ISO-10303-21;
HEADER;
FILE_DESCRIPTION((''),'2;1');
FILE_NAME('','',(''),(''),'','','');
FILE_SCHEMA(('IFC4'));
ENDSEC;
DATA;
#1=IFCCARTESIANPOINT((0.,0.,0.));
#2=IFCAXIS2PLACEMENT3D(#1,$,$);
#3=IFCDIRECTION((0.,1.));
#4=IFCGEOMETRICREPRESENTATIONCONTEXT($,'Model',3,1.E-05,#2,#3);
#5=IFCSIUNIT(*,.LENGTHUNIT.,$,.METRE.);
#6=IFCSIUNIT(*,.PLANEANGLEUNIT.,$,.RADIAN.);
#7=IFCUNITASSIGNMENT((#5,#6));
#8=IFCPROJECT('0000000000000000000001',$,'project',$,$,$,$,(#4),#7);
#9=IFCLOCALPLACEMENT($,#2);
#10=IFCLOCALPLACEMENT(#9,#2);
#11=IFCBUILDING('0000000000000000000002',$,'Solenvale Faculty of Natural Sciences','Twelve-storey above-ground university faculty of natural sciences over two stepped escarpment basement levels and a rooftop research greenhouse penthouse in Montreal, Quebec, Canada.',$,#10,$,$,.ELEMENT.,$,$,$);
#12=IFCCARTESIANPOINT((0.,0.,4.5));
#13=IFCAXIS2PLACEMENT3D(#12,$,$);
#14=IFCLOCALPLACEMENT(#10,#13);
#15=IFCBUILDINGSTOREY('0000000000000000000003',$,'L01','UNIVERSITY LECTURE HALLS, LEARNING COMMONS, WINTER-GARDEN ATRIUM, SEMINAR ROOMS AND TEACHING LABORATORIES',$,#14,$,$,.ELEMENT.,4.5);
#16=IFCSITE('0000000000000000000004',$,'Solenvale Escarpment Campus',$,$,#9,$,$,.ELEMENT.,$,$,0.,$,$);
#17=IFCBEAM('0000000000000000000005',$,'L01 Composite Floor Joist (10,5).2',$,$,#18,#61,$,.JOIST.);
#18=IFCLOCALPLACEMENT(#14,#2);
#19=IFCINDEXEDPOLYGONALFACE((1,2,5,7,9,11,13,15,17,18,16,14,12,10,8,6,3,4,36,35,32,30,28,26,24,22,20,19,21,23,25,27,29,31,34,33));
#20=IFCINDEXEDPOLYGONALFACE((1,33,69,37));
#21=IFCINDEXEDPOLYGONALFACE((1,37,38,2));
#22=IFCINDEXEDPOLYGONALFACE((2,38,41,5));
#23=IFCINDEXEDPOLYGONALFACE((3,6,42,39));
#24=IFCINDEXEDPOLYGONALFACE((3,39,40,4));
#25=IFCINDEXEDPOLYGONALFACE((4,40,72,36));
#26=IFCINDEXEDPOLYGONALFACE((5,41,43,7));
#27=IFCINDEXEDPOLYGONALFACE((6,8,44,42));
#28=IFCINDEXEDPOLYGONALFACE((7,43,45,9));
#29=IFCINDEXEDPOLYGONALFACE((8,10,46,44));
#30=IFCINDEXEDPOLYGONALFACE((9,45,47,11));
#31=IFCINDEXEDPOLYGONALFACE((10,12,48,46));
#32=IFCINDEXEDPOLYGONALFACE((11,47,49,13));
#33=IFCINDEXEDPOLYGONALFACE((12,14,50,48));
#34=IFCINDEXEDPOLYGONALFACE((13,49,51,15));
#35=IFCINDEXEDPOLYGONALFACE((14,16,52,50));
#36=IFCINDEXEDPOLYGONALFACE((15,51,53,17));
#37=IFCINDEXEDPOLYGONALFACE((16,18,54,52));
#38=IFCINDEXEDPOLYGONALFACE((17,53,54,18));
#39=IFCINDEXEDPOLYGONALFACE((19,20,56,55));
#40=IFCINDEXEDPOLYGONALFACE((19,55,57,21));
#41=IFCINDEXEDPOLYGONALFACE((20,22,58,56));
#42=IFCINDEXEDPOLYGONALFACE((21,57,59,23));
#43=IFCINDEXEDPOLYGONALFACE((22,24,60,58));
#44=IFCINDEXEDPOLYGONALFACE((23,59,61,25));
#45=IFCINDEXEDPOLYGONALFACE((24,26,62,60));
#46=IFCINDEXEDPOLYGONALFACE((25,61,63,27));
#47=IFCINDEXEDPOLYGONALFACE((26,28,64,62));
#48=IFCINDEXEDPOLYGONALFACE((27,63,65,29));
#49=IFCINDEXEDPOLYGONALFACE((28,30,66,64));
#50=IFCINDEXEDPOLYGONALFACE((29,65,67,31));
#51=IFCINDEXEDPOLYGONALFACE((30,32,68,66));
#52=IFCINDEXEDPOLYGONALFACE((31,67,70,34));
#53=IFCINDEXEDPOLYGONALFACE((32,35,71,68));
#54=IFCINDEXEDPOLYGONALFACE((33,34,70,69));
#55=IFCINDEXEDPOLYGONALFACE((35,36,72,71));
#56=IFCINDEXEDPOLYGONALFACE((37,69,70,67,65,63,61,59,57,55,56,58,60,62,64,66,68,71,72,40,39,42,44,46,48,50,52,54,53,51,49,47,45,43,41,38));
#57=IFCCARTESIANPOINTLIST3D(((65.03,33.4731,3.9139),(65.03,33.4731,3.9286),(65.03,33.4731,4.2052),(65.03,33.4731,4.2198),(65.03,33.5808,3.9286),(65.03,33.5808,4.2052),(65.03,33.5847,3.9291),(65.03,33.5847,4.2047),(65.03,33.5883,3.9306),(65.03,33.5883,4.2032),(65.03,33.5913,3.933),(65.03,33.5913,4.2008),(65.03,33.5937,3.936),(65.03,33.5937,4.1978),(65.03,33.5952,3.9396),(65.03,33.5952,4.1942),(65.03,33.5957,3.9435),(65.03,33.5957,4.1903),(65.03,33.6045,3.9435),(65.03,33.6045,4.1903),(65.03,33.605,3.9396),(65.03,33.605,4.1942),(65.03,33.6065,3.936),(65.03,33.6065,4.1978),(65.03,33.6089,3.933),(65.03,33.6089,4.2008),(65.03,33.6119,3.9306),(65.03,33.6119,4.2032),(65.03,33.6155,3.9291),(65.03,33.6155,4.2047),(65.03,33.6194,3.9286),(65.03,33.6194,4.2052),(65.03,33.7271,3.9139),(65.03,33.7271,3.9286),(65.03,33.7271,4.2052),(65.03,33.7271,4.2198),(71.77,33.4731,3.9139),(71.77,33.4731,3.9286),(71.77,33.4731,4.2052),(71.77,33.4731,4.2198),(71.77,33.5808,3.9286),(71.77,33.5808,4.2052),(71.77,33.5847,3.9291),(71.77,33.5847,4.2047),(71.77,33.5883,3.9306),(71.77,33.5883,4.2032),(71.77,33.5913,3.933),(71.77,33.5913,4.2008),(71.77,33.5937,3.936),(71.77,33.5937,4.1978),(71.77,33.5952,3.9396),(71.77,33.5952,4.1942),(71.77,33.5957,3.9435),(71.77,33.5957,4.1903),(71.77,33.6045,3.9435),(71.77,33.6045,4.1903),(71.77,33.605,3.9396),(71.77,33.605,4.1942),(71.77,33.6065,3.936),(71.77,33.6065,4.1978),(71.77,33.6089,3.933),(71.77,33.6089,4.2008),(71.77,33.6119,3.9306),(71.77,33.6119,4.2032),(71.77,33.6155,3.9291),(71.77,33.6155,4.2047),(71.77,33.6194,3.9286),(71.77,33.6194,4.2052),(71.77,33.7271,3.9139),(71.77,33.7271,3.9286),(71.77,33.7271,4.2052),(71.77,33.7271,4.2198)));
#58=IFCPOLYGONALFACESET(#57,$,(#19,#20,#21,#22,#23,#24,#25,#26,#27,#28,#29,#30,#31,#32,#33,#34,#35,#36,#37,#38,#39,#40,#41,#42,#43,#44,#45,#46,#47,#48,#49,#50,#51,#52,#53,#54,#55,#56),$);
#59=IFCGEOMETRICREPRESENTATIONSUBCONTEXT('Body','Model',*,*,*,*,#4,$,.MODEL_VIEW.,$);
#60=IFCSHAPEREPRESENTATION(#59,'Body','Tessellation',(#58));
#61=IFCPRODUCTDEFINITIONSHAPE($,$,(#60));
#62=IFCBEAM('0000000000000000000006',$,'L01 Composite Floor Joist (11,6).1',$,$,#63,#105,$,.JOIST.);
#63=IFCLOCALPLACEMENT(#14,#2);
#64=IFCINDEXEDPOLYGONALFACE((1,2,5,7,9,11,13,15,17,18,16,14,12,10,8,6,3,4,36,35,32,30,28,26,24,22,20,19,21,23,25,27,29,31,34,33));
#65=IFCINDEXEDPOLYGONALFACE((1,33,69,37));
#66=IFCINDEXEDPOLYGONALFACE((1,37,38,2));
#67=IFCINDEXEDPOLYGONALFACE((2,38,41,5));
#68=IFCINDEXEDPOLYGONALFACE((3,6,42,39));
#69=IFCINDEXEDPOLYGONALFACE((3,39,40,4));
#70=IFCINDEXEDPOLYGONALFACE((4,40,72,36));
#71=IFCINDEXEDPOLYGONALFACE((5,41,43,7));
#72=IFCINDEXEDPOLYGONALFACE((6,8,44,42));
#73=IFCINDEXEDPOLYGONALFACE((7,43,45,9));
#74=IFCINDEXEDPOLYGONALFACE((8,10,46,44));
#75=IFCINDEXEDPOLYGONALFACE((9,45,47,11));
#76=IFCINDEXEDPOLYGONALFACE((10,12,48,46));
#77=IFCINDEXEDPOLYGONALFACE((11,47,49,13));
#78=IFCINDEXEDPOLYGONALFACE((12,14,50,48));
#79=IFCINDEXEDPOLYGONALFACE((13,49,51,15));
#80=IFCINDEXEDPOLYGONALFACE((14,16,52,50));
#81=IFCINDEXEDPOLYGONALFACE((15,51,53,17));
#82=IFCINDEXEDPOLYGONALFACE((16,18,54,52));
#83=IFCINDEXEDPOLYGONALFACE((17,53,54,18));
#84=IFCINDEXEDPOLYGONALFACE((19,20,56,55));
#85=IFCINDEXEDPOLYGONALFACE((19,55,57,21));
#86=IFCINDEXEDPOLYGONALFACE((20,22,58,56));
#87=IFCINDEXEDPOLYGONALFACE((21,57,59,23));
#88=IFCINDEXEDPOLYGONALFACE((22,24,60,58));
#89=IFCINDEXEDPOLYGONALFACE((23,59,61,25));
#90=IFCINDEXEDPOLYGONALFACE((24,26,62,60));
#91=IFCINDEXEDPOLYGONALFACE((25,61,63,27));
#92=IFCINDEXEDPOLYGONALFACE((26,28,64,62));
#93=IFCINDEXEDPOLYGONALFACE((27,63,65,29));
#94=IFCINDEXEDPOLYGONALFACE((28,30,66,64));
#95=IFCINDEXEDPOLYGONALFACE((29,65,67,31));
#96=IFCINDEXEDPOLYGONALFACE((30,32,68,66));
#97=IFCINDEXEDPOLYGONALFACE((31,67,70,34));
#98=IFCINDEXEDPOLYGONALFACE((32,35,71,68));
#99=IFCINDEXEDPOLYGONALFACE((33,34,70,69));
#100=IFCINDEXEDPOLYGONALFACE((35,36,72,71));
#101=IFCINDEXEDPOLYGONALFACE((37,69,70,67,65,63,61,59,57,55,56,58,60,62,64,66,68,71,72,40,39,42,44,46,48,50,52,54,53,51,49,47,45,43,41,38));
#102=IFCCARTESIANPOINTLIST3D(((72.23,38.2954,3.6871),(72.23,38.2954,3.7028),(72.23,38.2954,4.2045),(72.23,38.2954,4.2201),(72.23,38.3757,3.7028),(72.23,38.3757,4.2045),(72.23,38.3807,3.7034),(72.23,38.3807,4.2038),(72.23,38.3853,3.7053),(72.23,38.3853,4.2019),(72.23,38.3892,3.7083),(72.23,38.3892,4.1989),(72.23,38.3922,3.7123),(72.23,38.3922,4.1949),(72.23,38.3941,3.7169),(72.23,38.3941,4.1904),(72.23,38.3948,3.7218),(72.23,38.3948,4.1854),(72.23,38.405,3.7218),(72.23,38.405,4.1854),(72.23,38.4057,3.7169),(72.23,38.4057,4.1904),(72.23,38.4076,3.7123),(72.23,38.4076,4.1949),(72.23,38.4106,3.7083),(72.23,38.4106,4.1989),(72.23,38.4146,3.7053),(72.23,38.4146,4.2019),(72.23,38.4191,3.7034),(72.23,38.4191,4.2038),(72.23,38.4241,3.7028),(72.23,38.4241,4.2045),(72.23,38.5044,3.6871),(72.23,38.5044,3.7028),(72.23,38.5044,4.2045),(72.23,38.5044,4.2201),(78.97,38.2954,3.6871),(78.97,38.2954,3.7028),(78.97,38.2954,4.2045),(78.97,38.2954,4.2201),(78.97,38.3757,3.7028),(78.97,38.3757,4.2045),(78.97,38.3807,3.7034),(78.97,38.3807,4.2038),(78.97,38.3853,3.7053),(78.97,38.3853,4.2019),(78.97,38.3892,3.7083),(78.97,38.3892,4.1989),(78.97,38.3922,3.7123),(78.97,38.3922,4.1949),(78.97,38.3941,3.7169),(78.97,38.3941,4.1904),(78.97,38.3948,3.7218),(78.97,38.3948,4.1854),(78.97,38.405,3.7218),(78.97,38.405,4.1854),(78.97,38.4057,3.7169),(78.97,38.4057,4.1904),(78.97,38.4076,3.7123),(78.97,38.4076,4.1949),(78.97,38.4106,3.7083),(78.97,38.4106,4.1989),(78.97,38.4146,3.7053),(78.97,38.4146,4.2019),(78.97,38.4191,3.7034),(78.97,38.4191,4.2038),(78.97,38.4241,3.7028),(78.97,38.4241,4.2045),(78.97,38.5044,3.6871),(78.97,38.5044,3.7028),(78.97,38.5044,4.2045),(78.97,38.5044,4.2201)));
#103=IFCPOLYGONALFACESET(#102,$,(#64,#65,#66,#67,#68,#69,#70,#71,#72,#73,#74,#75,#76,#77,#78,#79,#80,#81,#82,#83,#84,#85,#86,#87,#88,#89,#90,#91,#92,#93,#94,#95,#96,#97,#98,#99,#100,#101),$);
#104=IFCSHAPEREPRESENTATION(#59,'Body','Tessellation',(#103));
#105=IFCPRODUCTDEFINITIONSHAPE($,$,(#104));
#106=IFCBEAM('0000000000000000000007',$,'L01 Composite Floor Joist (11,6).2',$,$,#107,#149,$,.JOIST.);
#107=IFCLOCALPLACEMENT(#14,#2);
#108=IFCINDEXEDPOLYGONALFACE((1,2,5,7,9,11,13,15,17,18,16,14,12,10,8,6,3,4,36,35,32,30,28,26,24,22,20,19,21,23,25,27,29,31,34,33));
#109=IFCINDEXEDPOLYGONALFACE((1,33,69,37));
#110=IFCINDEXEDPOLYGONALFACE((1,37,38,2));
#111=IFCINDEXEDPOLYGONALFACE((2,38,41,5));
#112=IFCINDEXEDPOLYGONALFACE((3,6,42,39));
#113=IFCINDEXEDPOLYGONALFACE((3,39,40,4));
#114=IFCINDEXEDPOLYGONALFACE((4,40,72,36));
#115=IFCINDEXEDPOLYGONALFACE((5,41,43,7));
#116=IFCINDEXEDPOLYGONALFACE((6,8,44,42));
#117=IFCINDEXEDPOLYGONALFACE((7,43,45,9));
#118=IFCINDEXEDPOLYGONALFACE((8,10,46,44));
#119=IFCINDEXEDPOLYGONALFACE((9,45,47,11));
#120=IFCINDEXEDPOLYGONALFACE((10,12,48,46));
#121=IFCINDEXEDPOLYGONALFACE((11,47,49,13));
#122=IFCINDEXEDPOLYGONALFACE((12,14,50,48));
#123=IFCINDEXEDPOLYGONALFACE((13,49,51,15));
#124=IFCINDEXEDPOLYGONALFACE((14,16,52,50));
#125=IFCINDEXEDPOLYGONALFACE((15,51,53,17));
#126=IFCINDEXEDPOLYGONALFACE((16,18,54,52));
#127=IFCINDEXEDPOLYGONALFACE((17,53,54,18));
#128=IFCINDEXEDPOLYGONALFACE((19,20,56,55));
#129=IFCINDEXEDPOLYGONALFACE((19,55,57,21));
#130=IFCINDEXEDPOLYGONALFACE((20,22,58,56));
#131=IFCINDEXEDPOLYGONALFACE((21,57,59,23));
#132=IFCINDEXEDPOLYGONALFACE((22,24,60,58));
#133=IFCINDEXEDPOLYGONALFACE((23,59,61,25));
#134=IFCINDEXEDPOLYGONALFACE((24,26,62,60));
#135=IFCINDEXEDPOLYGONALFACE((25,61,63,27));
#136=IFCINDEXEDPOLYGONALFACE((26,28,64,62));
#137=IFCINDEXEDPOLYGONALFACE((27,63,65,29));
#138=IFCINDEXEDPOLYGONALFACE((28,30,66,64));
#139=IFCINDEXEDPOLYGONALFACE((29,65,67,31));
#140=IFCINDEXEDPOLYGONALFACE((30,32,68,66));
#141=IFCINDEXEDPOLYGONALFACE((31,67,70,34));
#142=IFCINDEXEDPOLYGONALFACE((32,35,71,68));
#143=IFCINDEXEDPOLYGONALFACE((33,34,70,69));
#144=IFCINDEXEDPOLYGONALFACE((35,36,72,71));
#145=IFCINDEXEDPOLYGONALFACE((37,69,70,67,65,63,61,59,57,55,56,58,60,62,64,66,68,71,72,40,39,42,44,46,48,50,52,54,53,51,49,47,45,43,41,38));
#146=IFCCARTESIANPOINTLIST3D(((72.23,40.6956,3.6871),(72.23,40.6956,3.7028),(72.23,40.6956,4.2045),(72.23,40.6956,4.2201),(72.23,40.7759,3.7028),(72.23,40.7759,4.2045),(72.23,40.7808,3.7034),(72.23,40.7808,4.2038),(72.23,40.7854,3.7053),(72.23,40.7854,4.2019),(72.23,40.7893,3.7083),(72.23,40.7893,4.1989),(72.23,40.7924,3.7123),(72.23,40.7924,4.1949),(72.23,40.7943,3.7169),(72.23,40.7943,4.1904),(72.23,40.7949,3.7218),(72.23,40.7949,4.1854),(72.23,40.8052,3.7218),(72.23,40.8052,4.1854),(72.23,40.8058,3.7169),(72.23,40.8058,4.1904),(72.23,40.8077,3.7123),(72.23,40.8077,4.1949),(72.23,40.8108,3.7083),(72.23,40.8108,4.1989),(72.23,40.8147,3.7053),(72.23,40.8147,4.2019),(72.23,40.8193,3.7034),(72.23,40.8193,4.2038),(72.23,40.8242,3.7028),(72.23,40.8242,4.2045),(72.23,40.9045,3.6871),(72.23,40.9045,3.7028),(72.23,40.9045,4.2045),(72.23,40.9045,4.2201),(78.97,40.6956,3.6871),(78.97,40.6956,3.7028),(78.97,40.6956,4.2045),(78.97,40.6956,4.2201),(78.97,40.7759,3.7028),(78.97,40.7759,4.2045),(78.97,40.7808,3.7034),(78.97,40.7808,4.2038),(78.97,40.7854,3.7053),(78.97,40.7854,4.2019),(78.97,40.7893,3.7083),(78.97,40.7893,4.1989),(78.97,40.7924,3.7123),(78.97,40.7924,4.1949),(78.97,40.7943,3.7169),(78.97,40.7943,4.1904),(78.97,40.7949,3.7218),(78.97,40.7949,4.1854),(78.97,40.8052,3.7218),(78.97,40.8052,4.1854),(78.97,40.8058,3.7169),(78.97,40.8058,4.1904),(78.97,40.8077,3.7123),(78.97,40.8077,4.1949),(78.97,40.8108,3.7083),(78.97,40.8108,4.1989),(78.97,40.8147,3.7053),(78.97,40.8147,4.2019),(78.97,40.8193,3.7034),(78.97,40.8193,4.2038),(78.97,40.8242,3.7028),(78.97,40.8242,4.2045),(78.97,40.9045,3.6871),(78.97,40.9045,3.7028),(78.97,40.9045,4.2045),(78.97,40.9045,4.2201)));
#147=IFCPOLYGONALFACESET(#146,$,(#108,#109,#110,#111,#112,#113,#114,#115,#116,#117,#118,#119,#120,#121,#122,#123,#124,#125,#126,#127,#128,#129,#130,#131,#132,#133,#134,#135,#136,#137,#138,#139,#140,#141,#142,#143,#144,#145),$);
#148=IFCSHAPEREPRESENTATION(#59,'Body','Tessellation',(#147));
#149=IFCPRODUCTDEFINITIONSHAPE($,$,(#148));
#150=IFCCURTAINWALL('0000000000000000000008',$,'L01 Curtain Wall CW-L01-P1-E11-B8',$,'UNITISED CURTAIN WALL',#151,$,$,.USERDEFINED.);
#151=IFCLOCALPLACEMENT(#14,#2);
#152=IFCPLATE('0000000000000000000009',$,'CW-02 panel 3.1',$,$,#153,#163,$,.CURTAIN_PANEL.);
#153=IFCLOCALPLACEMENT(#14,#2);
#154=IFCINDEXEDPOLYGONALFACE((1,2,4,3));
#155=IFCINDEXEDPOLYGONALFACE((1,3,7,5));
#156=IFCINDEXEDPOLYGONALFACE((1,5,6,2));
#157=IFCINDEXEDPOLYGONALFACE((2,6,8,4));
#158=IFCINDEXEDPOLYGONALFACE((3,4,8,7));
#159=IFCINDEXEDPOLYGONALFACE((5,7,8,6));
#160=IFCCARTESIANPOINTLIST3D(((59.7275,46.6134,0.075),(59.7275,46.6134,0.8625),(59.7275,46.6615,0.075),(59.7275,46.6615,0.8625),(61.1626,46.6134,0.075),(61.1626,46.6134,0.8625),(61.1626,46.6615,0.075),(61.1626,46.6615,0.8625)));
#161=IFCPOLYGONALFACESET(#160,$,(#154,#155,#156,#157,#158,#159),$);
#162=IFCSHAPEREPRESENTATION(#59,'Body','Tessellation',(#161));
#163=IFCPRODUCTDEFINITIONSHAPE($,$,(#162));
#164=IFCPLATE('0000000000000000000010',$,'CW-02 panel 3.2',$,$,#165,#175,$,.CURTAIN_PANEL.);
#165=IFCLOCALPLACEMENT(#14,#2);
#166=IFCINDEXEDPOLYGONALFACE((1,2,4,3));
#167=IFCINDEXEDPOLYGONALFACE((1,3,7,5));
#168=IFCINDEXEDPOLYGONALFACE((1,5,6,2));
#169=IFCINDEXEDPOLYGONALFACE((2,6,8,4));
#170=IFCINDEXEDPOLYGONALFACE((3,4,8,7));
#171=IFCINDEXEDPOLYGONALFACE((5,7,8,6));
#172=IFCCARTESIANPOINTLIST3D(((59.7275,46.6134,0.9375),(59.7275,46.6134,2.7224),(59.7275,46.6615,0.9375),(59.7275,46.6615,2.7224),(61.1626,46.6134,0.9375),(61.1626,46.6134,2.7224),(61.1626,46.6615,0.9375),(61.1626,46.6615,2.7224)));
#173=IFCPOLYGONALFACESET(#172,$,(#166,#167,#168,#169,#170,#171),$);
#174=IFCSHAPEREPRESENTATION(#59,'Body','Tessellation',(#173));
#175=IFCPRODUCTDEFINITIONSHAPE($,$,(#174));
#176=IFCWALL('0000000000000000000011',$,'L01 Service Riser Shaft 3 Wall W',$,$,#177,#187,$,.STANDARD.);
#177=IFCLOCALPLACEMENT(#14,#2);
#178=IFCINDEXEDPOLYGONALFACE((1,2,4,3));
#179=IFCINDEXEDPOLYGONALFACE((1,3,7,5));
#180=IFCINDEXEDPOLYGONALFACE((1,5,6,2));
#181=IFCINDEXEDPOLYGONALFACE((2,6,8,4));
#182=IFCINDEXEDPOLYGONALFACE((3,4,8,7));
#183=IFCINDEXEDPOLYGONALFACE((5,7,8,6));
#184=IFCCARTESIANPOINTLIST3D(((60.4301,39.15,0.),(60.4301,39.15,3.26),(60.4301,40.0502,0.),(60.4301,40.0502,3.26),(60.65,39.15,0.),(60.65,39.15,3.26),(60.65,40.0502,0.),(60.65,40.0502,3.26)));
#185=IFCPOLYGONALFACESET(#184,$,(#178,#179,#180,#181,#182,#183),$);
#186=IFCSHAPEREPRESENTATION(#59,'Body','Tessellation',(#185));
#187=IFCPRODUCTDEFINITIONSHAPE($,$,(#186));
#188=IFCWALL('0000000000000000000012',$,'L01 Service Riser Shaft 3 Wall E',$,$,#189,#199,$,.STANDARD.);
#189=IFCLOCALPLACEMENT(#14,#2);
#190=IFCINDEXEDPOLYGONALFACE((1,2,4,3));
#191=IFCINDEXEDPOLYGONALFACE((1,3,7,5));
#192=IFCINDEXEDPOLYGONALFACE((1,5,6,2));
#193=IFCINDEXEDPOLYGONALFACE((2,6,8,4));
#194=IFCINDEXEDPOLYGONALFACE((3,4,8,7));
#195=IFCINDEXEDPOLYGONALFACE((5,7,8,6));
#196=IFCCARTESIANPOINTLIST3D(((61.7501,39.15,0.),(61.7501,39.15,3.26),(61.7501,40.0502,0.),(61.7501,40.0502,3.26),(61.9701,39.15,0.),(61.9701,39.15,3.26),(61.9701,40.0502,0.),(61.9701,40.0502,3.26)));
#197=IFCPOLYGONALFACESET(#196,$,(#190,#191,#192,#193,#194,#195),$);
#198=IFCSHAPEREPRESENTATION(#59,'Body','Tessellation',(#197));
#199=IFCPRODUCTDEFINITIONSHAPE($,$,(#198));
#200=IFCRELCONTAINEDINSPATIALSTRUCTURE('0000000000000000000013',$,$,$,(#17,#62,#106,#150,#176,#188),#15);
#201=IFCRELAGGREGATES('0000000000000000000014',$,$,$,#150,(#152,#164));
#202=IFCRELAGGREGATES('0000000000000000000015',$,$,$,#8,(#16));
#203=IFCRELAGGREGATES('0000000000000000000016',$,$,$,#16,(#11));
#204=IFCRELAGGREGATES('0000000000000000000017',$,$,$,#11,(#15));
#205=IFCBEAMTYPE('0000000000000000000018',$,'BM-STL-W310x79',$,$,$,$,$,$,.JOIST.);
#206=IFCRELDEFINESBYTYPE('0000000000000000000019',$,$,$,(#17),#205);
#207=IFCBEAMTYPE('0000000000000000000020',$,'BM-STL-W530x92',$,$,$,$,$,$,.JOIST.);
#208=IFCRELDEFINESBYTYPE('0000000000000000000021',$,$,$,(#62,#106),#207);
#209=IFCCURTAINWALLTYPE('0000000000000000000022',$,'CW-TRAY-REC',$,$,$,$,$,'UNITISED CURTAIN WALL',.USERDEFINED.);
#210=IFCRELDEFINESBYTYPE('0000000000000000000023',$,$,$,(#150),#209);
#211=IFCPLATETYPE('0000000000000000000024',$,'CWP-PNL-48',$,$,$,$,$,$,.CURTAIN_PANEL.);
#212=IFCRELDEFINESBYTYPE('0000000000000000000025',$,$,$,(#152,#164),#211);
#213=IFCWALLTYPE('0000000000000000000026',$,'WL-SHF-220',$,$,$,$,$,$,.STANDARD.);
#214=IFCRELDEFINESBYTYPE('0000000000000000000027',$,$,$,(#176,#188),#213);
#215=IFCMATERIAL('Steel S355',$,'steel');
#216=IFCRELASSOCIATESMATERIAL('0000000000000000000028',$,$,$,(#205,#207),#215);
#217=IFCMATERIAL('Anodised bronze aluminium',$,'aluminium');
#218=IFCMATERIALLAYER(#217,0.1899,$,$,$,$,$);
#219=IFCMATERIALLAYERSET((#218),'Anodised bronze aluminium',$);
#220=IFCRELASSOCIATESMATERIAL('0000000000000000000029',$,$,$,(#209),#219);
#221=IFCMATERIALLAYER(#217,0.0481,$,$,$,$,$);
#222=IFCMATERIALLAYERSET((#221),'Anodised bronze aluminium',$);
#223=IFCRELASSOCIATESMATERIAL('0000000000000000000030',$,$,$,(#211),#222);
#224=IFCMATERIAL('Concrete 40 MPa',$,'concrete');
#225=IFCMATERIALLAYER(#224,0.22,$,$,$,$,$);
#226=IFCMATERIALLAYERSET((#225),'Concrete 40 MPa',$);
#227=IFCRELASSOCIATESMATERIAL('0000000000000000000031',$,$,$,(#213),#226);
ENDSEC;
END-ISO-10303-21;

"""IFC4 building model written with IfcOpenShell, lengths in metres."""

from ifc_helpers import new_model, si_unit, direction, frame, frame_2d, origin, origin_2d, place, context, subcontext, project, spatial, rectangle, i_section, extrude, material, layer, layer_set, material_profile, profile_set, type_object, element, aggregate, save


model = new_model("IFC4")

# Units and contexts
model_context = context("Model", 3, precision=1e-05, world=origin(), true_north=direction((0.0, 1.0)))
body_context = subcontext(model_context, "Body", "Model", "MODEL_VIEW")
ifc_project = project(units=[si_unit("LENGTHUNIT", "METRE"), si_unit("PLANEANGLEUNIT", "RADIAN")], contexts=[model_context])

# Site, building, storey
site_placement = place(None, origin())
site = spatial("IfcSite", under=ifc_project, at=site_placement, Name="Solenvale Escarpment Campus", CompositionType="ELEMENT", RefElevation=0.0)
building_placement = place(site_placement, origin())
building = spatial("IfcBuilding", under=site, at=building_placement, Name="Solenvale Faculty of Natural Sciences", Description="Twelve-storey above-ground university faculty of natural sciences over two stepped escarpment basement levels and a rooftop research greenhouse penthouse in Montreal, Quebec, Canada.", CompositionType="ELEMENT")
storey_placement = place(building_placement, frame((0.0, 0.0, 4.5)))
storey = spatial("IfcBuildingStorey", under=building, at=storey_placement, Name="L01", Description="UNIVERSITY LECTURE HALLS, LEARNING COMMONS, WINTER-GARDEN ATRIUM, SEMINAR ROOMS AND TEACHING LABORATORIES", CompositionType="ELEMENT", Elevation=4.5)

# Beams
ifc_material_1 = material(Name="Concrete 40 MPa", Category="concrete")
ifc_material_2 = material(Name="Steel S355", Category="steel")
ifc_material_profile_1 = material_profile(ifc_material_2, i_section(OverallWidth=0.2539, OverallDepth=0.3059, WebThickness=0.0088, FlangeThickness=0.0146, FilletRadius=0.0149, at=origin_2d()), Name="W310x79")
ifc_profile_set_1 = profile_set([ifc_material_profile_1], Name="Steel S355")
beam_type_1 = type_object("IfcBeamType", Name="BM-STL-W310x79", PredefinedType="JOIST", material=ifc_profile_set_1)
for number, where, z_axis, x_axis, name in (
    (1, (65.03, 33.6001, 4.0669), (1.0, 0.0, 0.0), (0.0, 1.0, 0.0), "L01 Composite Floor Joist (10,5).2"),
):
    element("IfcBeam", number, at=place(storey_placement, frame(where, z_axis=z_axis, x_axis=x_axis)), inside=storey, type_object=beam_type_1, Name=name, PredefinedType="JOIST", context=body_context, shape_type="SweptSolid", body=[
        extrude(i_section(OverallWidth=0.2539, OverallDepth=0.3059, WebThickness=0.0088, FlangeThickness=0.0146, FilletRadius=0.0149, at=origin_2d()), origin(), (0.0, 0.0, 1.0), 6.74),
    ])
ifc_material_profile_2 = material_profile(ifc_material_2, i_section(OverallWidth=0.209, OverallDepth=0.533, WebThickness=0.0103, FlangeThickness=0.0156, FilletRadius=0.019, at=origin_2d()), Name="W530x92")
ifc_profile_set_2 = profile_set([ifc_material_profile_2], Name="Steel S355")
beam_type_2 = type_object("IfcBeamType", Name="BM-STL-W530x92", PredefinedType="JOIST", material=ifc_profile_set_2)
for number, where, z_axis, x_axis, name in (
    (2, (72.23, 38.3999, 3.9536), (1.0, 0.0, 0.0), (0.0, 1.0, 0.0), "L01 Composite Floor Joist (11,6).1"),
    (3, (72.23, 40.8, 3.9536), (1.0, 0.0, 0.0), (0.0, 1.0, 0.0), "L01 Composite Floor Joist (11,6).2"),
):
    element("IfcBeam", number, at=place(storey_placement, frame(where, z_axis=z_axis, x_axis=x_axis)), inside=storey, type_object=beam_type_2, Name=name, PredefinedType="JOIST", context=body_context, shape_type="SweptSolid", body=[
        extrude(i_section(OverallWidth=0.209, OverallDepth=0.533, WebThickness=0.0103, FlangeThickness=0.0156, FilletRadius=0.019, at=origin_2d()), origin(), (0.0, 0.0, 1.0), 6.74),
    ])

# Curtain wall, plates
ifc_material_3 = material(Name="Anodised bronze aluminium", Category="aluminium")
ifc_layer_1 = layer(ifc_material_3, 0.1899)
ifc_layer_set_1 = layer_set([ifc_layer_1], Name="Anodised bronze aluminium")
curtain_wall_type = type_object("IfcCurtainWallType", Name="CW-TRAY-REC", ElementType="UNITISED CURTAIN WALL", PredefinedType="USERDEFINED", material=ifc_layer_set_1)
curtain_wall_placement = place(storey_placement, origin())
curtain_wall = element("IfcCurtainWall", 4, at=curtain_wall_placement, inside=storey, type_object=curtain_wall_type, Name="L01 Curtain Wall CW-L01-P1-E11-B8", ObjectType="UNITISED CURTAIN WALL", PredefinedType="USERDEFINED")
ifc_layer_2 = layer(ifc_material_3, 0.0481)
ifc_layer_set_2 = layer_set([ifc_layer_2], Name="Anodised bronze aluminium")
plate_type = type_object("IfcPlateType", Name="CWP-PNL-48", PredefinedType="CURTAIN_PANEL", material=ifc_layer_set_2)
plate_1_placement = place(storey_placement, frame((60.4451, 46.6375, 0.075), z_axis=(0.0, 0.0, 1.0), x_axis=(-1.0, 0.0, 0.0)))
plate_1 = element("IfcPlate", 5, at=plate_1_placement, type_object=plate_type, Name="CW-02 panel 3.1", PredefinedType="CURTAIN_PANEL", context=body_context, shape_type="SweptSolid", body=[
    extrude(rectangle(XDim=1.4351, YDim=0.0481, at=origin_2d()), origin(), (0.0, 0.0, 1.0), 0.7876),
])
plate_2_placement = place(storey_placement, frame((60.4451, 46.6375, 0.9375), z_axis=(0.0, 0.0, 1.0), x_axis=(-1.0, 0.0, 0.0)))
plate_2 = element("IfcPlate", 6, at=plate_2_placement, type_object=plate_type, Name="CW-02 panel 3.2", PredefinedType="CURTAIN_PANEL", context=body_context, shape_type="SweptSolid", body=[
    extrude(rectangle(XDim=1.4351, YDim=0.0481, at=origin_2d()), origin(), (0.0, 0.0, 1.0), 1.7849),
])
aggregate(curtain_wall, [plate_1, plate_2])

# Walls
ifc_layer_3 = layer(ifc_material_1, 0.22)
ifc_layer_set_3 = layer_set([ifc_layer_3], Name="Concrete 40 MPa")
wall_type = type_object("IfcWallType", Name="WL-SHF-220", PredefinedType="STANDARD", material=ifc_layer_set_3)
for number, where, z_axis, x_axis, name in (
    (7, (60.54, 39.1499, 0.0), (0.0, 0.0, 1.0), (0.0, 1.0, 0.0), "L01 Service Riser Shaft 3 Wall W"),
    (8, (61.8601, 39.1499, 0.0), (0.0, 0.0, 1.0), (0.0, 1.0, 0.0), "L01 Service Riser Shaft 3 Wall E"),
):
    element("IfcWall", number, at=place(storey_placement, frame(where, z_axis=z_axis, x_axis=x_axis)), inside=storey, type_object=wall_type, Name=name, PredefinedType="STANDARD", context=body_context, shape_type="SweptSolid", body=[
        extrude(rectangle(XDim=0.9001, YDim=0.22, at=frame_2d((0.4502, 0.0))), origin(), (0.0, 0.0, 1.0), 3.26),
    ])

save(model, "model.ifc")
